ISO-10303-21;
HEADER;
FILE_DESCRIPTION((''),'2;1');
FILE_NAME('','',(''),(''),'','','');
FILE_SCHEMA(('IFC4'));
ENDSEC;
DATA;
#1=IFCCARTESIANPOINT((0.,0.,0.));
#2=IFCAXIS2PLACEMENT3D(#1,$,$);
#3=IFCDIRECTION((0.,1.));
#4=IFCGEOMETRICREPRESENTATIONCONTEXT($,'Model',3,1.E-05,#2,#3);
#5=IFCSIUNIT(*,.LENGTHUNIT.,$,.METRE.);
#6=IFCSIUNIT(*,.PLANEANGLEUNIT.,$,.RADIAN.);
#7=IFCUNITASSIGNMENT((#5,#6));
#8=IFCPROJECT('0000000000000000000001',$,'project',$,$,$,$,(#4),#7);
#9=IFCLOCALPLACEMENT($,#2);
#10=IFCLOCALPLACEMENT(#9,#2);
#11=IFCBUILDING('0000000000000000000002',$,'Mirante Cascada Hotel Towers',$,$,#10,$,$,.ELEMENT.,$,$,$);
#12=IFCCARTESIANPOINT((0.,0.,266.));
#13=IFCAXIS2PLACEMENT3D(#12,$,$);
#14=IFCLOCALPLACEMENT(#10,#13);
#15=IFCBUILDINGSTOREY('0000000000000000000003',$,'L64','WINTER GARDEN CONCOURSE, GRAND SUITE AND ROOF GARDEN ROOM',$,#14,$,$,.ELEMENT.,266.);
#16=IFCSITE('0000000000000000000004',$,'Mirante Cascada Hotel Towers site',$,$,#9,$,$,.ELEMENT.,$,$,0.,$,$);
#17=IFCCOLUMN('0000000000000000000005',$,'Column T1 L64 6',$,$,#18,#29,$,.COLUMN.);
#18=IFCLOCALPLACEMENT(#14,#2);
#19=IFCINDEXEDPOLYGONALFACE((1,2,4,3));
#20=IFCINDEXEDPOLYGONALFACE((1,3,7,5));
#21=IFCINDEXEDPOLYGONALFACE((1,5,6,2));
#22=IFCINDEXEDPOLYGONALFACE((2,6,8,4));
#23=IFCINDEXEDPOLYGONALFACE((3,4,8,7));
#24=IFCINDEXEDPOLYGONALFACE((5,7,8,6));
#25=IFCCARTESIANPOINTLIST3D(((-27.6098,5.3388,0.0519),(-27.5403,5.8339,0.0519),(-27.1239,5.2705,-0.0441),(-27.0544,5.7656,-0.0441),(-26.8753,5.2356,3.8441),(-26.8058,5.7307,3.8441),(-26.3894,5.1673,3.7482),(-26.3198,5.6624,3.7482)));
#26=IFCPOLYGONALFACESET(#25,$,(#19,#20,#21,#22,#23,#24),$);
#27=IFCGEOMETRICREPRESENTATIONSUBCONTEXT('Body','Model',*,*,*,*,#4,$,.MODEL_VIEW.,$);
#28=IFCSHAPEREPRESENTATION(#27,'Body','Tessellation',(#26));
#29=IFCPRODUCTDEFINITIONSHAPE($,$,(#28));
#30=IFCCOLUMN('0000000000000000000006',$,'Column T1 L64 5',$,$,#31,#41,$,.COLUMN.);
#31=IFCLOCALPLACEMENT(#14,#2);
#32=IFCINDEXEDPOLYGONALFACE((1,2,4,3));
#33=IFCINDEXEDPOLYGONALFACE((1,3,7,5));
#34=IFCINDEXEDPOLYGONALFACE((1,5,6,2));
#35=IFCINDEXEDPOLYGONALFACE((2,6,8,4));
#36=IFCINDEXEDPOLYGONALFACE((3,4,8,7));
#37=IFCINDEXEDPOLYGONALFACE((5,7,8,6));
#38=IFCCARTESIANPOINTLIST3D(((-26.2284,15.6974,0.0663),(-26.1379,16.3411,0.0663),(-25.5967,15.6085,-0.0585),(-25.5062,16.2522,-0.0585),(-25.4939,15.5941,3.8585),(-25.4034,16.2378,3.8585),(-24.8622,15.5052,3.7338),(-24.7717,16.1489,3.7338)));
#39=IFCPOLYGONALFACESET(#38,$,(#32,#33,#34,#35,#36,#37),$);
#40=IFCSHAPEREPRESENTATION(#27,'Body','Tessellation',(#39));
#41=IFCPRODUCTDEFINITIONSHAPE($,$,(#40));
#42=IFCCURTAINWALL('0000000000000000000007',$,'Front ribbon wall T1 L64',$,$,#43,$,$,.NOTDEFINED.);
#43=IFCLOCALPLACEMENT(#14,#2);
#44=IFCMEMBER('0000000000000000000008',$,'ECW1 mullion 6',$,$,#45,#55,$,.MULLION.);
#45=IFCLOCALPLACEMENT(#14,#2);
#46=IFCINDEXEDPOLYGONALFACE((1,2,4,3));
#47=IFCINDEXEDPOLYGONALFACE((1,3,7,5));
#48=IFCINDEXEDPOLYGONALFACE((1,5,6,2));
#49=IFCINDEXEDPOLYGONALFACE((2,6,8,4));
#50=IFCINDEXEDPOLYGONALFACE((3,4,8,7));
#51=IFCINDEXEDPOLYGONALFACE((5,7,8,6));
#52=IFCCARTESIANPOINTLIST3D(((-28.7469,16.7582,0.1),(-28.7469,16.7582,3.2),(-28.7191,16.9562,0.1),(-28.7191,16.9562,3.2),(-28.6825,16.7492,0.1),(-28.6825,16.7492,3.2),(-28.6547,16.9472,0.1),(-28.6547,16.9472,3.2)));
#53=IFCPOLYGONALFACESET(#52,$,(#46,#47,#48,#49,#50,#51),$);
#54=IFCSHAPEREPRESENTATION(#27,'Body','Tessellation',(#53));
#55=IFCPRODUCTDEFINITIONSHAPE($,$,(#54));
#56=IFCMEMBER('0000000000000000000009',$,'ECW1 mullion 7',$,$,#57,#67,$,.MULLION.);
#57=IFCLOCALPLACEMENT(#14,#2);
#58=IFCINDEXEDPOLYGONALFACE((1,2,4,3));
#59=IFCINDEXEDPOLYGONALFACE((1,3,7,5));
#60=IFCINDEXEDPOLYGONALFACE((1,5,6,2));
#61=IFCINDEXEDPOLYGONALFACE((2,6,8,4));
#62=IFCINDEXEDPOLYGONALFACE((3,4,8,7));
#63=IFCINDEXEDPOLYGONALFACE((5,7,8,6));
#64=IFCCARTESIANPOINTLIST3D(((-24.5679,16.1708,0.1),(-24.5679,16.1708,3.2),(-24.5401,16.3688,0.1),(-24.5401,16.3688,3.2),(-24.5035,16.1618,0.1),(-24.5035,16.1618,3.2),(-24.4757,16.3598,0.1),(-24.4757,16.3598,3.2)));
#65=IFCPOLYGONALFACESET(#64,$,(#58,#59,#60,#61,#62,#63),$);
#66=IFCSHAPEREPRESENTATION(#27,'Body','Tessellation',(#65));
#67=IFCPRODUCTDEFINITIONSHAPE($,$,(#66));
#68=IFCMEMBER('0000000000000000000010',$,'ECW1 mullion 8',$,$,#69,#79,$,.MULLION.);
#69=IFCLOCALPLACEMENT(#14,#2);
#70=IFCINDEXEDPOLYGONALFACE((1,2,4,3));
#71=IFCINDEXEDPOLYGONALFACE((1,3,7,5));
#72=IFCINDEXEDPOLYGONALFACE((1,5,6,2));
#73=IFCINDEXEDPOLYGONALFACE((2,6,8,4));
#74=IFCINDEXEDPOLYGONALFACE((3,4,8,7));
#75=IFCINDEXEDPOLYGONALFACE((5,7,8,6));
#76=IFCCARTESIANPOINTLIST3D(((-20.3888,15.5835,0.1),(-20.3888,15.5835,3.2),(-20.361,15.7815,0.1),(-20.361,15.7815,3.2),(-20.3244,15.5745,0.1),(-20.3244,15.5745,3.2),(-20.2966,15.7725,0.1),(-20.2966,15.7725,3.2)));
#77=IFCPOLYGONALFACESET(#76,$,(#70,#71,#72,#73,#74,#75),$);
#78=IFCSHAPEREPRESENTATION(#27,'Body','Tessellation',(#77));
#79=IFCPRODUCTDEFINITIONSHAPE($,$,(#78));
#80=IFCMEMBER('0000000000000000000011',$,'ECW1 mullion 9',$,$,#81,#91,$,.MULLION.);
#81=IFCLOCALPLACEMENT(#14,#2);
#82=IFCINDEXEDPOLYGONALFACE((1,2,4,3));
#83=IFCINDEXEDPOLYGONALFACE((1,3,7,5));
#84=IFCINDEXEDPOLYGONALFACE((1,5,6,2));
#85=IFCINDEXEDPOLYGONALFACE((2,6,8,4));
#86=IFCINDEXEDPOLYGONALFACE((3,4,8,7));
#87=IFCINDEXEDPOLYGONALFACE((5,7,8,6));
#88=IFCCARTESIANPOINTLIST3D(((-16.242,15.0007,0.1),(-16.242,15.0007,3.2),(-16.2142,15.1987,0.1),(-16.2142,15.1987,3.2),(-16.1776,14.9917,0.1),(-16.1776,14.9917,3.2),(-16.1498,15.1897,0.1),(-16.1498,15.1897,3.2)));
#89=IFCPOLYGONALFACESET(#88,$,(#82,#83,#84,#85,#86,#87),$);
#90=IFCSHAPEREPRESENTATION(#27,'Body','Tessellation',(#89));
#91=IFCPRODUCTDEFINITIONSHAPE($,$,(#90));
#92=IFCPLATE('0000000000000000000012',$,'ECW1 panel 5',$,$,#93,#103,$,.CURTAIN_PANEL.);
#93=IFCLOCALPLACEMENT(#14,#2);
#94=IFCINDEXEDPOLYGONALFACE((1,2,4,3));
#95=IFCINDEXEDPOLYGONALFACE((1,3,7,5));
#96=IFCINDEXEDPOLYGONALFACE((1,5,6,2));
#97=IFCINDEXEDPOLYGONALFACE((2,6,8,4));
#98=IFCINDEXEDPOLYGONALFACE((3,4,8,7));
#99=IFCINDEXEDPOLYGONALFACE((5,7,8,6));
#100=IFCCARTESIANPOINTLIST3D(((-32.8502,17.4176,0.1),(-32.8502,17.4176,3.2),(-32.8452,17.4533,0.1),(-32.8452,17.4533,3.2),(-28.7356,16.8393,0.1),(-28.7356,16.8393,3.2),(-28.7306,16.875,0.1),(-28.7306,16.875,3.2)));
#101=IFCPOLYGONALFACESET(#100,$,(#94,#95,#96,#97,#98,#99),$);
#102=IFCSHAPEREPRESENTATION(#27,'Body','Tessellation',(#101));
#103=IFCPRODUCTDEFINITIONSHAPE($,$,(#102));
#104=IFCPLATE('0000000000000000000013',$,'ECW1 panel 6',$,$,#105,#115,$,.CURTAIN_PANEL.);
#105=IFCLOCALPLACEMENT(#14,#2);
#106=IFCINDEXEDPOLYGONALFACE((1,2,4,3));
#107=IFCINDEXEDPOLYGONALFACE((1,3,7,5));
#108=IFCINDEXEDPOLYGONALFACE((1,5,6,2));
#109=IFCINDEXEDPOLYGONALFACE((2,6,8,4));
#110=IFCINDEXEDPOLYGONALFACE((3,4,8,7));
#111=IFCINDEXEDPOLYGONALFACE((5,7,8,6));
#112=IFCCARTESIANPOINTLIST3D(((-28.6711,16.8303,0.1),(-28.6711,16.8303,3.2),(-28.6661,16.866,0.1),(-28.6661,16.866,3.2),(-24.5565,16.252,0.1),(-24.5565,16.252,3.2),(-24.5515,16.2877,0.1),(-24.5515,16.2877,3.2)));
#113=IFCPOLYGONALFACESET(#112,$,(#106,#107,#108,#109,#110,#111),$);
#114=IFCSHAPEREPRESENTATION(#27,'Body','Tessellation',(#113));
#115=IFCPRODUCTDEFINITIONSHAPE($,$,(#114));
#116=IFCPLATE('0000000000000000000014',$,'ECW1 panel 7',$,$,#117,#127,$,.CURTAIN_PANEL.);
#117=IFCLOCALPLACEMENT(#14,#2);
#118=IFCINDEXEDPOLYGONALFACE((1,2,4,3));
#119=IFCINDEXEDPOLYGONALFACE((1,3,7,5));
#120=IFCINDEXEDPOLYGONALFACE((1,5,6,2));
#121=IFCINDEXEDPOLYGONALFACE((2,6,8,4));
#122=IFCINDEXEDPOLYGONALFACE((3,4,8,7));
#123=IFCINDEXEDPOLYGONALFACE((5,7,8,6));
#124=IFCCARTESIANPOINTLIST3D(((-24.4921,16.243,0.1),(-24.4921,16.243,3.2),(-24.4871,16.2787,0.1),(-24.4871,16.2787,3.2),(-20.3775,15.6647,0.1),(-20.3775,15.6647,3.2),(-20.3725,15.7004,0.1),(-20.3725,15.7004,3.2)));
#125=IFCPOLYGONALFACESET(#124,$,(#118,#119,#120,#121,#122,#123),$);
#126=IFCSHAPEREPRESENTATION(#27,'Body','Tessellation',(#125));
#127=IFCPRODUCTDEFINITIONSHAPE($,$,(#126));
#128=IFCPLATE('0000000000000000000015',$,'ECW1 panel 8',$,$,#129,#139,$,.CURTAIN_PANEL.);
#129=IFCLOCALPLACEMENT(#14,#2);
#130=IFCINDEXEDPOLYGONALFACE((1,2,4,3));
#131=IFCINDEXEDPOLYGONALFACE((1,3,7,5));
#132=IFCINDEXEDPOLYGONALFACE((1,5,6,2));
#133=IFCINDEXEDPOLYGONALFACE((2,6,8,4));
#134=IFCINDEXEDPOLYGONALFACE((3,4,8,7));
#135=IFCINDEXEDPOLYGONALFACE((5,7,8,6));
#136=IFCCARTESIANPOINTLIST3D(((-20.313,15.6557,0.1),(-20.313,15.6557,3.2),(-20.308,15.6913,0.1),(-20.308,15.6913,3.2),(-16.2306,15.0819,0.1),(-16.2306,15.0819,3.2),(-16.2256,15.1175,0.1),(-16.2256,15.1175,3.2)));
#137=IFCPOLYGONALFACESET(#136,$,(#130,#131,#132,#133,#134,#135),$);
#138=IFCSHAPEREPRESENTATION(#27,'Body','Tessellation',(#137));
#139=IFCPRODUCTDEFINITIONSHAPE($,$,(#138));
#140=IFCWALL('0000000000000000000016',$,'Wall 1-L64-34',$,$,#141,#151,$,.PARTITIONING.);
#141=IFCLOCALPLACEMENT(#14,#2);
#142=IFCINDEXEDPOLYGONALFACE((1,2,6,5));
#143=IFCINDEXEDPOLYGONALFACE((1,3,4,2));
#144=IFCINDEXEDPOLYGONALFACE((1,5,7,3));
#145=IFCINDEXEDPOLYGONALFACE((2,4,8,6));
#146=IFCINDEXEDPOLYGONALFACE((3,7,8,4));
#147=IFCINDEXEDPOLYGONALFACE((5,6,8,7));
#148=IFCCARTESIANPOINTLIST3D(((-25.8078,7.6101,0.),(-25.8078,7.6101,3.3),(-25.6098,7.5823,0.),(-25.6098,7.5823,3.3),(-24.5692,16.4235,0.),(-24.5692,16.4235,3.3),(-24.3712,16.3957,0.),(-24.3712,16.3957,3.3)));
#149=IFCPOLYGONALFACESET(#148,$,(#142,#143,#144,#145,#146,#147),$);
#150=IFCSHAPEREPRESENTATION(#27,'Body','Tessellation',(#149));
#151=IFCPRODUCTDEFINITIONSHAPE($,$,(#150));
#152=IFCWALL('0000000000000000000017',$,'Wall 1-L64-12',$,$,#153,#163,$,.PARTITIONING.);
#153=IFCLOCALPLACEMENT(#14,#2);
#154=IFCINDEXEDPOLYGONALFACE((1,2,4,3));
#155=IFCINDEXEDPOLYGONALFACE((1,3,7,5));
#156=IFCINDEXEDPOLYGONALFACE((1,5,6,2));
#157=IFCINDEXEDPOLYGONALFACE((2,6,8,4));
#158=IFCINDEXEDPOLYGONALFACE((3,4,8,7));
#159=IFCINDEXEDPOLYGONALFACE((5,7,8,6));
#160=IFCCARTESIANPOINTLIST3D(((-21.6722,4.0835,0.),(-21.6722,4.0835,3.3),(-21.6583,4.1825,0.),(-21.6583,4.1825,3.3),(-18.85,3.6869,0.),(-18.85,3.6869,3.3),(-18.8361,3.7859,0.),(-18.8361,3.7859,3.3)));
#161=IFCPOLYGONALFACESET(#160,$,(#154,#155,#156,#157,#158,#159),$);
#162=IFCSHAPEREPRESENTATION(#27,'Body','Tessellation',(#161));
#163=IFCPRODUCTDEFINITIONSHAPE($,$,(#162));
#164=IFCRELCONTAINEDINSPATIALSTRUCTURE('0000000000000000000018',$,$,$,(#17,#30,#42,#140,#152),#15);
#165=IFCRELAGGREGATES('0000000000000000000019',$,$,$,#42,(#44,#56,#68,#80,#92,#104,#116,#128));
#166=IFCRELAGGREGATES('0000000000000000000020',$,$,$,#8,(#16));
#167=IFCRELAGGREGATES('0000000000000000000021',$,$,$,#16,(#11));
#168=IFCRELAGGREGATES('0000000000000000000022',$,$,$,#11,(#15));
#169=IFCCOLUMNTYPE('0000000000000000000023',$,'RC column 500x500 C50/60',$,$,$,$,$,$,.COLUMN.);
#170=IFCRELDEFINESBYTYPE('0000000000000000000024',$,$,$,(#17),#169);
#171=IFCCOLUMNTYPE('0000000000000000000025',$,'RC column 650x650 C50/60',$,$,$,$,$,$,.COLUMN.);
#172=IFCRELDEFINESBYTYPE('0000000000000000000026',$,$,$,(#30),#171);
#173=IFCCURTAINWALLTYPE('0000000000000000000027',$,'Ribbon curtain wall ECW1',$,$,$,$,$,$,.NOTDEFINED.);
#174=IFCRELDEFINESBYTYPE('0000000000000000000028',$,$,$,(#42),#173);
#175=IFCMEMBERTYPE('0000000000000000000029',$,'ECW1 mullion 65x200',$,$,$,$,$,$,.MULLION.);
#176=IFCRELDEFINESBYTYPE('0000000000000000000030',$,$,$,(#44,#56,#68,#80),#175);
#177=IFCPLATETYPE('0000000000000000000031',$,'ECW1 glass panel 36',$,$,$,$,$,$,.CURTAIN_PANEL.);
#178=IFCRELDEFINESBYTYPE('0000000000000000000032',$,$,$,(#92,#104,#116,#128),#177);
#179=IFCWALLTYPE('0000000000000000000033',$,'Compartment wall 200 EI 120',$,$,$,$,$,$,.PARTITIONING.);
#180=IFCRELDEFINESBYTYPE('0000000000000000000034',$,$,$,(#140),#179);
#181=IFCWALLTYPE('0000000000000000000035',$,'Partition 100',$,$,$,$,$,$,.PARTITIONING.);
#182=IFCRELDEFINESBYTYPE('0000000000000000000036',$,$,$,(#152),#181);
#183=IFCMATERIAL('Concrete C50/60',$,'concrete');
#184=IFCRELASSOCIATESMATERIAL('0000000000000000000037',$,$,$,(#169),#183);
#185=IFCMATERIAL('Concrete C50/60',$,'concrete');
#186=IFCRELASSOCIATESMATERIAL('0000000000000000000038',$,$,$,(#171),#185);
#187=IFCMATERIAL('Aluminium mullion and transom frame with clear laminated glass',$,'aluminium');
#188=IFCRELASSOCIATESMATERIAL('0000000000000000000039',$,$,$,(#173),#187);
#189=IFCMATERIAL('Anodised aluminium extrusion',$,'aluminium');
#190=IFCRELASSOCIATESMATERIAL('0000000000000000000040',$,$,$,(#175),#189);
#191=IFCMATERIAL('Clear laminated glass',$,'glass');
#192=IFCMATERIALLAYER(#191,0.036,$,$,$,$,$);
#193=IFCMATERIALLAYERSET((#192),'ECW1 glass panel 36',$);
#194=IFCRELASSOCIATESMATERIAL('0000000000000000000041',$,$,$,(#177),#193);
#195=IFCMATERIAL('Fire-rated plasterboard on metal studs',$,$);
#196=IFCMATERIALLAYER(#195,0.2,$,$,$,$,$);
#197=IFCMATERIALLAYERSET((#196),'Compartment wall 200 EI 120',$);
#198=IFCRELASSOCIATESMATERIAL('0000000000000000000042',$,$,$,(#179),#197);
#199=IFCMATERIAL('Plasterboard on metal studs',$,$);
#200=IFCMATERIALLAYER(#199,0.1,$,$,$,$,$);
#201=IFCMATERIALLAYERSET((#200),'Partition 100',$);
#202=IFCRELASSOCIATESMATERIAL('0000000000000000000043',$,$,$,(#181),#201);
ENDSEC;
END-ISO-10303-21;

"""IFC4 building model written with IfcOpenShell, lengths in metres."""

from ifc_helpers import new_model, si_unit, direction, frame, frame_2d, origin, origin_2d, place, context, subcontext, project, spatial, rectangle, extrude, material, layer, layer_set, material_profile, profile_set, type_object, element, aggregate, save


model = new_model("IFC4")

# Units and contexts
model_context = context("Model", 3, precision=1e-05, world=origin(), true_north=direction((0.0, 1.0)))
body_context = subcontext(model_context, "Body", "Model", "MODEL_VIEW")
ifc_project = project(units=[si_unit("LENGTHUNIT", "METRE"), si_unit("PLANEANGLEUNIT", "RADIAN")], contexts=[model_context])

# Site, building, storey
site_placement = place(None, origin())
site = spatial("IfcSite", under=ifc_project, at=site_placement, Name="Mirante Cascada Hotel Towers site", CompositionType="ELEMENT", RefElevation=0.0)
building_placement = place(site_placement, origin())
building = spatial("IfcBuilding", under=site, at=building_placement, Name="Mirante Cascada Hotel Towers", CompositionType="ELEMENT")
storey_placement = place(building_placement, frame((0.0, 0.0, 266.0)))
storey = spatial("IfcBuildingStorey", under=building, at=storey_placement, Name="L64", Description="WINTER GARDEN CONCOURSE, GRAND SUITE AND ROOF GARDEN ROOM", CompositionType="ELEMENT", Elevation=266.0)

# Columns
ifc_material_1 = material(Name="Concrete C50/60", Category="concrete")
ifc_material_profile_1 = material_profile(ifc_material_1, rectangle(XDim=0.5, YDim=0.5, at=origin_2d()), Name="RC column 500x500 C50/60")
ifc_profile_set_1 = profile_set([ifc_material_profile_1], Name="Concrete C50/60")
column_type_1 = type_object("IfcColumnType", Name="RC column 500x500 C50/60", PredefinedType="COLUMN", material=ifc_profile_set_1)
column_1_placement = place(storey_placement, frame((-27.3321, 5.5522, 0.0039), z_axis=(0.190085, -0.026708, 0.981404), x_axis=(0.139137, 0.990273, 0.0)))
element("IfcColumn", 1, at=column_1_placement, inside=storey, type_object=column_type_1, Name="Column T1 L64 6", PredefinedType="COLUMN", context=body_context, shape_type="SweptSolid", body=[
    extrude(rectangle(XDim=0.5, YDim=0.5, at=origin_2d()), origin(), (0.0, 0.0, 1.0), 3.8641),
])
ifc_material_2 = material(Name="Concrete C50/60", Category="concrete")
ifc_material_profile_2 = material_profile(ifc_material_2, rectangle(XDim=0.65, YDim=0.65, at=origin_2d()), Name="RC column 650x650 C50/60")
ifc_profile_set_2 = profile_set([ifc_material_profile_2], Name="Concrete C50/60")
column_type_2 = type_object("IfcColumnType", Name="RC column 650x650 C50/60", PredefinedType="COLUMN", material=ifc_profile_set_2)
column_2_placement = place(storey_placement, frame((-25.8673, 15.9748, 0.0039), z_axis=(0.190085, -0.026734, 0.981404), x_axis=(0.139269, 0.990255, 0.0)))
element("IfcColumn", 2, at=column_2_placement, inside=storey, type_object=column_type_2, Name="Column T1 L64 5", PredefinedType="COLUMN", context=body_context, shape_type="SweptSolid", body=[
    extrude(rectangle(XDim=0.65, YDim=0.65, at=origin_2d()), origin(), (0.0, 0.0, 1.0), 3.8641),
])

# Curtain wall, members, plates
ifc_material_3 = material(Name="Aluminium mullion and transom frame with clear laminated glass", Category="aluminium")
curtain_wall_type = type_object("IfcCurtainWallType", Name="Ribbon curtain wall ECW1", PredefinedType="NOTDEFINED", material=ifc_material_3)
curtain_wall_placement = place(storey_placement, origin())
curtain_wall = element("IfcCurtainWall", 3, at=curtain_wall_placement, inside=storey, type_object=curtain_wall_type, Name="Front ribbon wall T1 L64", PredefinedType="NOTDEFINED")
ifc_material_4 = material(Name="Anodised aluminium extrusion", Category="aluminium")
ifc_material_profile_3 = material_profile(ifc_material_4, rectangle(XDim=0.2, YDim=0.065, at=origin_2d()), Name="ECW1 MULLION 65x200")
ifc_profile_set_3 = profile_set([ifc_material_profile_3], Name="Anodised aluminium extrusion")
member_type = type_object("IfcMemberType", Name="ECW1 mullion 65x200", PredefinedType="MULLION", material=ifc_profile_set_3)
member_1_placement = place(storey_placement, frame((-28.7008, 16.8527, 0.1), z_axis=(0.0, 0.0, 1.0), x_axis=(0.139173, 0.990268, 0.0)))
member_1 = element("IfcMember", 4, at=member_1_placement, type_object=member_type, Name="ECW1 mullion 6", PredefinedType="MULLION", context=body_context, shape_type="SweptSolid", body=[
    extrude(rectangle(XDim=0.2, YDim=0.065, at=origin_2d()), origin(), (0.0, 0.0, 1.0), 3.1),
])
member_2_placement = place(storey_placement, frame((-24.5218, 16.2653, 0.1), z_axis=(0.0, 0.0, 1.0), x_axis=(0.139173, 0.990268, 0.0)))
member_2 = element("IfcMember", 5, at=member_2_placement, type_object=member_type, Name="ECW1 mullion 7", PredefinedType="MULLION", context=body_context, shape_type="SweptSolid", body=[
    extrude(rectangle(XDim=0.2, YDim=0.065, at=origin_2d()), origin(), (0.0, 0.0, 1.0), 3.1),
])
member_3_placement = place(storey_placement, frame((-20.3427, 15.678, 0.1), z_axis=(0.0, 0.0, 1.0), x_axis=(0.139173, 0.990268, 0.0)))
member_3 = element("IfcMember", 6, at=member_3_placement, type_object=member_type, Name="ECW1 mullion 8", PredefinedType="MULLION", context=body_context, shape_type="SweptSolid", body=[
    extrude(rectangle(XDim=0.2, YDim=0.065, at=origin_2d()), origin(), (0.0, 0.0, 1.0), 3.1),
])
member_4_placement = place(storey_placement, frame((-16.1959, 15.0952, 0.1), z_axis=(0.0, 0.0, 1.0), x_axis=(0.139173, 0.990268, 0.0)))
member_4 = element("IfcMember", 7, at=member_4_placement, type_object=member_type, Name="ECW1 mullion 9", PredefinedType="MULLION", context=body_context, shape_type="SweptSolid", body=[
    extrude(rectangle(XDim=0.2, YDim=0.065, at=origin_2d()), origin(), (0.0, 0.0, 1.0), 3.1),
])
ifc_material_5 = material(Name="Clear laminated glass", Category="glass")
ifc_layer_1 = layer(ifc_material_5, 0.036)
ifc_layer_set_1 = layer_set([ifc_layer_1], Name="ECW1 glass panel 36")
plate_type = type_object("IfcPlateType", Name="ECW1 glass panel 36", PredefinedType="CURTAIN_PANEL", material=ifc_layer_set_1)
plate_1_placement = place(storey_placement, frame((-30.7904, 17.1463, 0.1), z_axis=(0.0, 0.0, 1.0), x_axis=(0.990268, -0.139173, 0.0)))
plate_1 = element("IfcPlate", 8, at=plate_1_placement, type_object=plate_type, Name="ECW1 panel 5", PredefinedType="CURTAIN_PANEL", context=body_context, shape_type="SweptSolid", body=[
    extrude(rectangle(XDim=4.1551, YDim=0.036, at=origin_2d()), origin(), (0.0, 0.0, 1.0), 3.1),
])
plate_2_placement = place(storey_placement, frame((-26.6113, 16.559, 0.1), z_axis=(0.0, 0.0, 1.0), x_axis=(0.990268, -0.139173, 0.0)))
plate_2 = element("IfcPlate", 9, at=plate_2_placement, type_object=plate_type, Name="ECW1 panel 6", PredefinedType="CURTAIN_PANEL", context=body_context, shape_type="SweptSolid", body=[
    extrude(rectangle(XDim=4.1551, YDim=0.036, at=origin_2d()), origin(), (0.0, 0.0, 1.0), 3.1),
])
plate_3_placement = place(storey_placement, frame((-22.4323, 15.9717, 0.1), z_axis=(0.0, 0.0, 1.0), x_axis=(0.990268, -0.139173, 0.0)))
plate_3 = element("IfcPlate", 10, at=plate_3_placement, type_object=plate_type, Name="ECW1 panel 7", PredefinedType="CURTAIN_PANEL", context=body_context, shape_type="SweptSolid", body=[
    extrude(rectangle(XDim=4.1551, YDim=0.036, at=origin_2d()), origin(), (0.0, 0.0, 1.0), 3.1),
])
plate_4_placement = place(storey_placement, frame((-18.2693, 15.3866, 0.1), z_axis=(0.0, 0.0, 1.0), x_axis=(0.990268, -0.139173, 0.0)))
plate_4 = element("IfcPlate", 11, at=plate_4_placement, type_object=plate_type, Name="ECW1 panel 8", PredefinedType="CURTAIN_PANEL", context=body_context, shape_type="SweptSolid", body=[
    extrude(rectangle(XDim=4.1226, YDim=0.036, at=origin_2d()), origin(), (0.0, 0.0, 1.0), 3.1),
])
aggregate(curtain_wall, [member_1, member_2, member_3, member_4, plate_1, plate_2, plate_3, plate_4])

# Walls
ifc_material_6 = material(Name="Fire-rated plasterboard on metal studs")
ifc_layer_2 = layer(ifc_material_6, 0.2)
ifc_layer_set_2 = layer_set([ifc_layer_2], Name="Compartment wall 200 EI 120")
wall_type_1 = type_object("IfcWallType", Name="Compartment wall 200 EI 120", PredefinedType="PARTITIONING", material=ifc_layer_set_2)
wall_1_placement = place(storey_placement, frame((-24.4702, 16.4096, 0.0), z_axis=(0.0, 0.0, 1.0), x_axis=(-0.139168, -0.990269, 0.0)))
element("IfcWall", 12, at=wall_1_placement, inside=storey, type_object=wall_type_1, Name="Wall 1-L64-34", PredefinedType="PARTITIONING", context=body_context, shape_type="SweptSolid", body=[
    extrude(rectangle(XDim=8.9, YDim=0.2, at=frame_2d((4.45, 0.0))), origin(), (0.0, 0.0, 1.0), 3.3),
])
ifc_material_7 = material(Name="Plasterboard on metal studs")
ifc_layer_3 = layer(ifc_material_7, 0.1)
ifc_layer_set_3 = layer_set([ifc_layer_3], Name="Partition 100")
wall_type_2 = type_object("IfcWallType", Name="Partition 100", PredefinedType="PARTITIONING", material=ifc_layer_set_3)
wall_2_placement = place(storey_placement, frame((-21.6653, 4.133, 0.0), z_axis=(0.0, 0.0, 1.0), x_axis=(0.99027, -0.139161, 0.0)))
element("IfcWall", 13, at=wall_2_placement, inside=storey, type_object=wall_type_2, Name="Wall 1-L64-12", PredefinedType="PARTITIONING", context=body_context, shape_type="SweptSolid", body=[
    extrude(rectangle(XDim=2.8499, YDim=0.1, at=frame_2d((1.425, 0.0))), origin(), (0.0, 0.0, 1.0), 3.3),
])

save(model, "model.ifc")
